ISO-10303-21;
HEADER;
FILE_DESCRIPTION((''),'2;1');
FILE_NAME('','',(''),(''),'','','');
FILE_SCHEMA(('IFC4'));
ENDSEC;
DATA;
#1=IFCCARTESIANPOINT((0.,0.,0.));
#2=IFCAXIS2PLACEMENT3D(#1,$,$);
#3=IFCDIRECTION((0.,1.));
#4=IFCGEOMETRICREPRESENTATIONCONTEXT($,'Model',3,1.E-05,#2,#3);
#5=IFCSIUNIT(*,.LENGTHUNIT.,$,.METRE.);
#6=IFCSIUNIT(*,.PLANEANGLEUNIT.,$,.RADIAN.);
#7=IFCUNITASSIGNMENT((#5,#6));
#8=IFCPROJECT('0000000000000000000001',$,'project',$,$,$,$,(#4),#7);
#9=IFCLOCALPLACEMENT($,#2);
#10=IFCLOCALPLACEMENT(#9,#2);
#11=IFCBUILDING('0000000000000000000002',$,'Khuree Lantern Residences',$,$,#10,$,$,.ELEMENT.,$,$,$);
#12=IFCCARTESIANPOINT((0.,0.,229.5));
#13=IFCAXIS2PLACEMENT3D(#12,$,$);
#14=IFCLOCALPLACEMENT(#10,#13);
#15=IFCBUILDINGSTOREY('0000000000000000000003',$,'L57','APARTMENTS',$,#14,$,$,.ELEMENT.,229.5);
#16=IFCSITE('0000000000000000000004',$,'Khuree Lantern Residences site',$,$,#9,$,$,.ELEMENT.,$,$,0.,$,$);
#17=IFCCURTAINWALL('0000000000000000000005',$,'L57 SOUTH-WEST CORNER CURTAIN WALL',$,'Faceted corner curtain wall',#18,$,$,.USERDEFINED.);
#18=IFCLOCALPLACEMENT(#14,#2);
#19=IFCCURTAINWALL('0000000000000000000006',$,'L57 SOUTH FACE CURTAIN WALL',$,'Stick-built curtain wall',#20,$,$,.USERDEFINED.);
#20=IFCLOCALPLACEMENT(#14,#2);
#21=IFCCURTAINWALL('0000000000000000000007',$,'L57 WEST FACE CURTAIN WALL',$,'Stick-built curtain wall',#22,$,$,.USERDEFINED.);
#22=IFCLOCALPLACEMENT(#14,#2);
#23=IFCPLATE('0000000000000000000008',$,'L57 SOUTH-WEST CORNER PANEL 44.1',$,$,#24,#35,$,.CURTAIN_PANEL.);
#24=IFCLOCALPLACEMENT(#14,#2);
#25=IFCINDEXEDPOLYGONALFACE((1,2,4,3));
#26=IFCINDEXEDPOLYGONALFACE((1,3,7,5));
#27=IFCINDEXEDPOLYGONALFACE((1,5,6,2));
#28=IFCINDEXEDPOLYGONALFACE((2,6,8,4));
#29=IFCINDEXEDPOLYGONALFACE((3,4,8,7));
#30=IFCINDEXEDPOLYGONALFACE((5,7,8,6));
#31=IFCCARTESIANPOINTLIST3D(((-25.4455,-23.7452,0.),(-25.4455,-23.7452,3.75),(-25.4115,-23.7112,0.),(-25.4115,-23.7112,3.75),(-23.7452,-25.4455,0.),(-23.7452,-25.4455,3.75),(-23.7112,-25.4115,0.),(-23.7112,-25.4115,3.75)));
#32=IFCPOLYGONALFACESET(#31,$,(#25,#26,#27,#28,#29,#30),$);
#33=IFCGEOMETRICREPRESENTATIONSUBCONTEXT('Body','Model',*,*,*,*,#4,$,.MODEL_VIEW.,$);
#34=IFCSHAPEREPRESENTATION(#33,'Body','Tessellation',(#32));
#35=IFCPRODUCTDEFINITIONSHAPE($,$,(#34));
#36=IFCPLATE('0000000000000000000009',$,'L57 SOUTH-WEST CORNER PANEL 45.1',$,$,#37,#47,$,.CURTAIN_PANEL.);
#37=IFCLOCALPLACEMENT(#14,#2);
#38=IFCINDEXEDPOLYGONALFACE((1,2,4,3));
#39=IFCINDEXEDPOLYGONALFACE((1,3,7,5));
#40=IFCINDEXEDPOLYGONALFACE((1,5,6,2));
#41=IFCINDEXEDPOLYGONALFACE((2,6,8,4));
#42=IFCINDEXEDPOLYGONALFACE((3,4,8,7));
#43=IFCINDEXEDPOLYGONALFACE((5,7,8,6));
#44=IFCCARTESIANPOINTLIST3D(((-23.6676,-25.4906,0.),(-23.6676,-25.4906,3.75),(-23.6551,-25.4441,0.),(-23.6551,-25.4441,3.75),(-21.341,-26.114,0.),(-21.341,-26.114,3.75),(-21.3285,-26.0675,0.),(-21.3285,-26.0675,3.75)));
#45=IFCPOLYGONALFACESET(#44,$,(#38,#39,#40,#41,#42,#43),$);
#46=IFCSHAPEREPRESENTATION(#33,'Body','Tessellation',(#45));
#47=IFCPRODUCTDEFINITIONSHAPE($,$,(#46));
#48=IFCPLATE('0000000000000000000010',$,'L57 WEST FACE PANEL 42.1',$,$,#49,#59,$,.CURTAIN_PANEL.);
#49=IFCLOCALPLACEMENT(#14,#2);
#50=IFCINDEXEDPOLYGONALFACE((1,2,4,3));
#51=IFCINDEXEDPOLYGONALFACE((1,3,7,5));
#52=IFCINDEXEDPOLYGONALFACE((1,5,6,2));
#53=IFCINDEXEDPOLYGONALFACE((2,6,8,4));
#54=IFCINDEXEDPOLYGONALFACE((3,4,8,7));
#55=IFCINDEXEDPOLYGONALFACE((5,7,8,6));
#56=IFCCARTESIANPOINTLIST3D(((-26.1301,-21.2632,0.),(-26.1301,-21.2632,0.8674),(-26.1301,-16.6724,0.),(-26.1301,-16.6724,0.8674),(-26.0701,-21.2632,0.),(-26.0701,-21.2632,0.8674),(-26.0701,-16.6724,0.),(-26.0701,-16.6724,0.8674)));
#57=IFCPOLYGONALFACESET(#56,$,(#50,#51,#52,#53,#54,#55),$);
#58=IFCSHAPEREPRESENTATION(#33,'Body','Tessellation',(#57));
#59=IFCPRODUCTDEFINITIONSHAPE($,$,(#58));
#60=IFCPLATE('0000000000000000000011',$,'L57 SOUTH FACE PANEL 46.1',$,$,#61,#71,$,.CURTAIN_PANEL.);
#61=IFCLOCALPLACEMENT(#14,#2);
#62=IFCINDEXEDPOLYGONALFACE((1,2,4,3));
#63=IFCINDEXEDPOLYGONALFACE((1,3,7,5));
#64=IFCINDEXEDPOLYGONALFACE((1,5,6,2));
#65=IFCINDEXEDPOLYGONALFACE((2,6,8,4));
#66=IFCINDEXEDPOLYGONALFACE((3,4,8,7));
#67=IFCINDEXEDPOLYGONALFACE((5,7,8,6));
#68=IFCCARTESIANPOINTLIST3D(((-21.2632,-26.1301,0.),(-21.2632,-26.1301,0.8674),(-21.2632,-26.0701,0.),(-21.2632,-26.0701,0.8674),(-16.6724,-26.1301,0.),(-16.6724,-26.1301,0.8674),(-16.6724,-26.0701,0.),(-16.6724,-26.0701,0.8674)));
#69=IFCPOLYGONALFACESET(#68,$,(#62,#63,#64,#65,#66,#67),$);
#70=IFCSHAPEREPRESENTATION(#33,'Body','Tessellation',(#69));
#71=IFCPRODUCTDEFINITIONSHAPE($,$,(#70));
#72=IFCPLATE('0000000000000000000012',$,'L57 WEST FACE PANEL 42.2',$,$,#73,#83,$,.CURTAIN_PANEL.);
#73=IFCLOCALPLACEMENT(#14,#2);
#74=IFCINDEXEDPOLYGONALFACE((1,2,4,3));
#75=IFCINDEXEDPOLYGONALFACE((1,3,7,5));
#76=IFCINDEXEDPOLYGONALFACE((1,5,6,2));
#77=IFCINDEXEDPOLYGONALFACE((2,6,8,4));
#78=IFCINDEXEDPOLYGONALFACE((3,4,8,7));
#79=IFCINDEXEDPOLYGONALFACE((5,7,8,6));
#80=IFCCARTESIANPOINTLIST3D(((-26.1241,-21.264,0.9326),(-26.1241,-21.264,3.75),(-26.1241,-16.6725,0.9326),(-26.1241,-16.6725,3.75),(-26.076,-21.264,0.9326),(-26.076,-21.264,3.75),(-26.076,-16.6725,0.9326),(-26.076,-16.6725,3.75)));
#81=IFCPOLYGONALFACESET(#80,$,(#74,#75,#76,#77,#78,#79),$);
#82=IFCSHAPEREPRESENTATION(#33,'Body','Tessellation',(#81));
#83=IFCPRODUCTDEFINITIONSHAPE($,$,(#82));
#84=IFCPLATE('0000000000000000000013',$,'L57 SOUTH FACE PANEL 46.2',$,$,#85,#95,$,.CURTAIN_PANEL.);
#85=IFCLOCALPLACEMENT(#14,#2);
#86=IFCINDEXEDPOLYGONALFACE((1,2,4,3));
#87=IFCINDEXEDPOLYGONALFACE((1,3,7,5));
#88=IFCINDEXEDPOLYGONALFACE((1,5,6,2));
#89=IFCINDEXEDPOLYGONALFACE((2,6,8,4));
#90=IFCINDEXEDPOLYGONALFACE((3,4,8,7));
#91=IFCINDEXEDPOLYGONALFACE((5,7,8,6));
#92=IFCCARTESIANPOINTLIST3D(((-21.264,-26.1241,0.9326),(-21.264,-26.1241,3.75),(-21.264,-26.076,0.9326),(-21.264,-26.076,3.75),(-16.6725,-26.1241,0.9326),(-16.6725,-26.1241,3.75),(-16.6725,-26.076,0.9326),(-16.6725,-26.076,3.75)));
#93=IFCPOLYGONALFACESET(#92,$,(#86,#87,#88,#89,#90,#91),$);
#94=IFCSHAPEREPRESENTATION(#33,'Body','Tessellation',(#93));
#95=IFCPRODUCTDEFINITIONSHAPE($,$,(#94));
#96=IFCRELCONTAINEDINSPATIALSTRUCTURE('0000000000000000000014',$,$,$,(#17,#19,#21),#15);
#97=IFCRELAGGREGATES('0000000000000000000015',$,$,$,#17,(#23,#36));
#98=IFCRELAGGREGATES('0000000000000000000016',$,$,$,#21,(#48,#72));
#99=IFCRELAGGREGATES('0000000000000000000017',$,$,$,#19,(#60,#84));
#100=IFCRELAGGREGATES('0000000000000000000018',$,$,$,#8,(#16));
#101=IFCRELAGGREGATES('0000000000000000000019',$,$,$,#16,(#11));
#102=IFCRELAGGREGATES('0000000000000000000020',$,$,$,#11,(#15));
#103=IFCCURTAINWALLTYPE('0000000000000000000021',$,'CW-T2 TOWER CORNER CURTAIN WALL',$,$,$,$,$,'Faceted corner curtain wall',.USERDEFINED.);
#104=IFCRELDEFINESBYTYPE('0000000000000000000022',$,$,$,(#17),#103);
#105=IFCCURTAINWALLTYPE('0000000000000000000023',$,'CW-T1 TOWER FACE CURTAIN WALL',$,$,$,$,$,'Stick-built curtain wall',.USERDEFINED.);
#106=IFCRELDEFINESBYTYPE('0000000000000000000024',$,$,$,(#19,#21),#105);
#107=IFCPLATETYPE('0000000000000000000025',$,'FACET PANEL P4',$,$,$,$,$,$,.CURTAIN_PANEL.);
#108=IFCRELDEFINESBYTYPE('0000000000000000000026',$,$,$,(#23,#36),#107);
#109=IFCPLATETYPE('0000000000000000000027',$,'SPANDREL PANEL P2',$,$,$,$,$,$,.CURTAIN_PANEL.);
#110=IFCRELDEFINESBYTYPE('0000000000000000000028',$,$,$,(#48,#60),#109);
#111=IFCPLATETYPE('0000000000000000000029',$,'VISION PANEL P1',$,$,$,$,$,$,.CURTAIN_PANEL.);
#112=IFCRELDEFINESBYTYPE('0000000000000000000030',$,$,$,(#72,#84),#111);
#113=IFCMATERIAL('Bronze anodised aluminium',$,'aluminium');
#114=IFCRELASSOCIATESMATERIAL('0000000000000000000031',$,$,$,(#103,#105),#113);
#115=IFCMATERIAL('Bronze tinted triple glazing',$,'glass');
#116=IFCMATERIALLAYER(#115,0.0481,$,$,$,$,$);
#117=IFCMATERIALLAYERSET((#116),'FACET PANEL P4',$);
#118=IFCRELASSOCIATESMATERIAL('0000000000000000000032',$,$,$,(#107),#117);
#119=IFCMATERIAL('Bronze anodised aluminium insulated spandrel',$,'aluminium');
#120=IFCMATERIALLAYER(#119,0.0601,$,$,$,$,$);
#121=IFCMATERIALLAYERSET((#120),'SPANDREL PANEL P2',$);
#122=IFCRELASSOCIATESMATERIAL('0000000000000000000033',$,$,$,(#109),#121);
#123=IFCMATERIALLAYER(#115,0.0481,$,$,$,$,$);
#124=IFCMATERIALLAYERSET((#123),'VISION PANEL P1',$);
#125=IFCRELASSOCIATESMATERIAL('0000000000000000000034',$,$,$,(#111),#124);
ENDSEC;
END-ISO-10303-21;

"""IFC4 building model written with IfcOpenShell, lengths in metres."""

from ifc_helpers import new_model, si_unit, direction, frame, origin, origin_2d, place, context, subcontext, project, spatial, rectangle, extrude, material, layer, layer_set, type_object, element, aggregate, save


model = new_model("IFC4")

# Units and contexts
model_context = context("Model", 3, precision=1e-05, world=origin(), true_north=direction((0.0, 1.0)))
body_context = subcontext(model_context, "Body", "Model", "MODEL_VIEW")
ifc_project = project(units=[si_unit("LENGTHUNIT", "METRE"), si_unit("PLANEANGLEUNIT", "RADIAN")], contexts=[model_context])

# Site, building, storey
site_placement = place(None, origin())
site = spatial("IfcSite", under=ifc_project, at=site_placement, Name="Khuree Lantern Residences site", CompositionType="ELEMENT", RefElevation=0.0)
building_placement = place(site_placement, origin())
building = spatial("IfcBuilding", under=site, at=building_placement, Name="Khuree Lantern Residences", CompositionType="ELEMENT")
storey_placement = place(building_placement, frame((0.0, 0.0, 229.5)))
storey = spatial("IfcBuildingStorey", under=building, at=storey_placement, Name="L57", Description="APARTMENTS", CompositionType="ELEMENT", Elevation=229.5)

# Curtain walls
ifc_material_1 = material(Name="Bronze anodised aluminium", Category="aluminium")
curtain_wall_type_1 = type_object("IfcCurtainWallType", Name="CW-T2 TOWER CORNER CURTAIN WALL", ElementType="Faceted corner curtain wall", PredefinedType="USERDEFINED", material=ifc_material_1)
curtain_wall_1_placement = place(storey_placement, origin())
curtain_wall_1 = element("IfcCurtainWall", 1, at=curtain_wall_1_placement, inside=storey, type_object=curtain_wall_type_1, Name="L57 SOUTH-WEST CORNER CURTAIN WALL", ObjectType="Faceted corner curtain wall", PredefinedType="USERDEFINED")
curtain_wall_type_2 = type_object("IfcCurtainWallType", Name="CW-T1 TOWER FACE CURTAIN WALL", ElementType="Stick-built curtain wall", PredefinedType="USERDEFINED", material=ifc_material_1)
curtain_wall_2_placement = place(storey_placement, origin())
curtain_wall_2 = element("IfcCurtainWall", 2, at=curtain_wall_2_placement, inside=storey, type_object=curtain_wall_type_2, Name="L57 SOUTH FACE CURTAIN WALL", ObjectType="Stick-built curtain wall", PredefinedType="USERDEFINED")

# Curtain wall
curtain_wall_3_placement = place(storey_placement, origin())
curtain_wall_3 = element("IfcCurtainWall", 3, at=curtain_wall_3_placement, inside=storey, type_object=curtain_wall_type_2, Name="L57 WEST FACE CURTAIN WALL", ObjectType="Stick-built curtain wall", PredefinedType="USERDEFINED")

# Plates
ifc_material_2 = material(Name="Bronze tinted triple glazing", Category="glass")
ifc_layer_1 = layer(ifc_material_2, 0.0481)
ifc_layer_set_1 = layer_set([ifc_layer_1], Name="FACET PANEL P4")
plate_type_1 = type_object("IfcPlateType", Name="FACET PANEL P4", PredefinedType="CURTAIN_PANEL", material=ifc_layer_set_1)
plate_1_placement = place(storey_placement, frame((-24.5784, -24.5784, 0.0), z_axis=(0.0, 0.0, 1.0), x_axis=(0.707107, -0.707107, 0.0)))
plate_1 = element("IfcPlate", 4, at=plate_1_placement, type_object=plate_type_1, Name="L57 SOUTH-WEST CORNER PANEL 44.1", PredefinedType="CURTAIN_PANEL", context=body_context, shape_type="SweptSolid", body=[
    extrude(rectangle(XDim=2.4045, YDim=0.0481, at=origin_2d()), origin(), (0.0, 0.0, 1.0), 3.75),
])
plate_2_placement = place(storey_placement, frame((-22.498, -25.7791, 0.0), z_axis=(0.0, 0.0, 1.0), x_axis=(0.965926, -0.258819, 0.0)))
plate_2 = element("IfcPlate", 5, at=plate_2_placement, type_object=plate_type_1, Name="L57 SOUTH-WEST CORNER PANEL 45.1", PredefinedType="CURTAIN_PANEL", context=body_context, shape_type="SweptSolid", body=[
    extrude(rectangle(XDim=2.4087, YDim=0.0481, at=origin_2d()), origin(), (0.0, 0.0, 1.0), 3.75),
])
aggregate(curtain_wall_1, [plate_1, plate_2])
ifc_material_3 = material(Name="Bronze anodised aluminium insulated spandrel", Category="aluminium")
ifc_layer_2 = layer(ifc_material_3, 0.0601)
ifc_layer_set_2 = layer_set([ifc_layer_2], Name="SPANDREL PANEL P2")
plate_type_2 = type_object("IfcPlateType", Name="SPANDREL PANEL P2", PredefinedType="CURTAIN_PANEL", material=ifc_layer_set_2)
plate_3_placement = place(storey_placement, frame((-26.1001, -18.9678, 0.0), z_axis=(0.0, 0.0, 1.0), x_axis=(0.0, -1.0, 0.0)))
plate_3 = element("IfcPlate", 6, at=plate_3_placement, type_object=plate_type_2, Name="L57 WEST FACE PANEL 42.1", PredefinedType="CURTAIN_PANEL", context=body_context, shape_type="SweptSolid", body=[
    extrude(rectangle(XDim=4.5908, YDim=0.0601, at=origin_2d()), origin(), (0.0, 0.0, 1.0), 0.8674),
])
plate_4_placement = place(storey_placement, frame((-18.9678, -26.1001, 0.0), z_axis=(0.0, 0.0, 1.0), x_axis=(1.0, 0.0, 0.0)))
plate_4 = element("IfcPlate", 7, at=plate_4_placement, type_object=plate_type_2, Name="L57 SOUTH FACE PANEL 46.1", PredefinedType="CURTAIN_PANEL", context=body_context, shape_type="SweptSolid", body=[
    extrude(rectangle(XDim=4.5908, YDim=0.0601, at=origin_2d()), origin(), (0.0, 0.0, 1.0), 0.8674),
])
ifc_layer_3 = layer(ifc_material_2, 0.0481)
ifc_layer_set_3 = layer_set([ifc_layer_3], Name="VISION PANEL P1")
plate_type_3 = type_object("IfcPlateType", Name="VISION PANEL P1", PredefinedType="CURTAIN_PANEL", material=ifc_layer_set_3)
plate_5_placement = place(storey_placement, frame((-26.1001, -18.9683, 0.9326), z_axis=(0.0, 0.0, 1.0), x_axis=(0.0, -1.0, 0.0)))
plate_5 = element("IfcPlate", 8, at=plate_5_placement, type_object=plate_type_3, Name="L57 WEST FACE PANEL 42.2", PredefinedType="CURTAIN_PANEL", context=body_context, shape_type="SweptSolid", body=[
    extrude(rectangle(XDim=4.5916, YDim=0.0481, at=origin_2d()), origin(), (0.0, 0.0, 1.0), 2.8174),
])
aggregate(curtain_wall_3, [plate_3, plate_5])
plate_6_placement = place(storey_placement, frame((-18.9683, -26.1001, 0.9326), z_axis=(0.0, 0.0, 1.0), x_axis=(1.0, 0.0, 0.0)))
plate_6 = element("IfcPlate", 9, at=plate_6_placement, type_object=plate_type_3, Name="L57 SOUTH FACE PANEL 46.2", PredefinedType="CURTAIN_PANEL", context=body_context, shape_type="SweptSolid", body=[
    extrude(rectangle(XDim=4.5916, YDim=0.0481, at=origin_2d()), origin(), (0.0, 0.0, 1.0), 2.8174),
])
aggregate(curtain_wall_2, [plate_4, plate_6])

save(model, "model.ifc")
